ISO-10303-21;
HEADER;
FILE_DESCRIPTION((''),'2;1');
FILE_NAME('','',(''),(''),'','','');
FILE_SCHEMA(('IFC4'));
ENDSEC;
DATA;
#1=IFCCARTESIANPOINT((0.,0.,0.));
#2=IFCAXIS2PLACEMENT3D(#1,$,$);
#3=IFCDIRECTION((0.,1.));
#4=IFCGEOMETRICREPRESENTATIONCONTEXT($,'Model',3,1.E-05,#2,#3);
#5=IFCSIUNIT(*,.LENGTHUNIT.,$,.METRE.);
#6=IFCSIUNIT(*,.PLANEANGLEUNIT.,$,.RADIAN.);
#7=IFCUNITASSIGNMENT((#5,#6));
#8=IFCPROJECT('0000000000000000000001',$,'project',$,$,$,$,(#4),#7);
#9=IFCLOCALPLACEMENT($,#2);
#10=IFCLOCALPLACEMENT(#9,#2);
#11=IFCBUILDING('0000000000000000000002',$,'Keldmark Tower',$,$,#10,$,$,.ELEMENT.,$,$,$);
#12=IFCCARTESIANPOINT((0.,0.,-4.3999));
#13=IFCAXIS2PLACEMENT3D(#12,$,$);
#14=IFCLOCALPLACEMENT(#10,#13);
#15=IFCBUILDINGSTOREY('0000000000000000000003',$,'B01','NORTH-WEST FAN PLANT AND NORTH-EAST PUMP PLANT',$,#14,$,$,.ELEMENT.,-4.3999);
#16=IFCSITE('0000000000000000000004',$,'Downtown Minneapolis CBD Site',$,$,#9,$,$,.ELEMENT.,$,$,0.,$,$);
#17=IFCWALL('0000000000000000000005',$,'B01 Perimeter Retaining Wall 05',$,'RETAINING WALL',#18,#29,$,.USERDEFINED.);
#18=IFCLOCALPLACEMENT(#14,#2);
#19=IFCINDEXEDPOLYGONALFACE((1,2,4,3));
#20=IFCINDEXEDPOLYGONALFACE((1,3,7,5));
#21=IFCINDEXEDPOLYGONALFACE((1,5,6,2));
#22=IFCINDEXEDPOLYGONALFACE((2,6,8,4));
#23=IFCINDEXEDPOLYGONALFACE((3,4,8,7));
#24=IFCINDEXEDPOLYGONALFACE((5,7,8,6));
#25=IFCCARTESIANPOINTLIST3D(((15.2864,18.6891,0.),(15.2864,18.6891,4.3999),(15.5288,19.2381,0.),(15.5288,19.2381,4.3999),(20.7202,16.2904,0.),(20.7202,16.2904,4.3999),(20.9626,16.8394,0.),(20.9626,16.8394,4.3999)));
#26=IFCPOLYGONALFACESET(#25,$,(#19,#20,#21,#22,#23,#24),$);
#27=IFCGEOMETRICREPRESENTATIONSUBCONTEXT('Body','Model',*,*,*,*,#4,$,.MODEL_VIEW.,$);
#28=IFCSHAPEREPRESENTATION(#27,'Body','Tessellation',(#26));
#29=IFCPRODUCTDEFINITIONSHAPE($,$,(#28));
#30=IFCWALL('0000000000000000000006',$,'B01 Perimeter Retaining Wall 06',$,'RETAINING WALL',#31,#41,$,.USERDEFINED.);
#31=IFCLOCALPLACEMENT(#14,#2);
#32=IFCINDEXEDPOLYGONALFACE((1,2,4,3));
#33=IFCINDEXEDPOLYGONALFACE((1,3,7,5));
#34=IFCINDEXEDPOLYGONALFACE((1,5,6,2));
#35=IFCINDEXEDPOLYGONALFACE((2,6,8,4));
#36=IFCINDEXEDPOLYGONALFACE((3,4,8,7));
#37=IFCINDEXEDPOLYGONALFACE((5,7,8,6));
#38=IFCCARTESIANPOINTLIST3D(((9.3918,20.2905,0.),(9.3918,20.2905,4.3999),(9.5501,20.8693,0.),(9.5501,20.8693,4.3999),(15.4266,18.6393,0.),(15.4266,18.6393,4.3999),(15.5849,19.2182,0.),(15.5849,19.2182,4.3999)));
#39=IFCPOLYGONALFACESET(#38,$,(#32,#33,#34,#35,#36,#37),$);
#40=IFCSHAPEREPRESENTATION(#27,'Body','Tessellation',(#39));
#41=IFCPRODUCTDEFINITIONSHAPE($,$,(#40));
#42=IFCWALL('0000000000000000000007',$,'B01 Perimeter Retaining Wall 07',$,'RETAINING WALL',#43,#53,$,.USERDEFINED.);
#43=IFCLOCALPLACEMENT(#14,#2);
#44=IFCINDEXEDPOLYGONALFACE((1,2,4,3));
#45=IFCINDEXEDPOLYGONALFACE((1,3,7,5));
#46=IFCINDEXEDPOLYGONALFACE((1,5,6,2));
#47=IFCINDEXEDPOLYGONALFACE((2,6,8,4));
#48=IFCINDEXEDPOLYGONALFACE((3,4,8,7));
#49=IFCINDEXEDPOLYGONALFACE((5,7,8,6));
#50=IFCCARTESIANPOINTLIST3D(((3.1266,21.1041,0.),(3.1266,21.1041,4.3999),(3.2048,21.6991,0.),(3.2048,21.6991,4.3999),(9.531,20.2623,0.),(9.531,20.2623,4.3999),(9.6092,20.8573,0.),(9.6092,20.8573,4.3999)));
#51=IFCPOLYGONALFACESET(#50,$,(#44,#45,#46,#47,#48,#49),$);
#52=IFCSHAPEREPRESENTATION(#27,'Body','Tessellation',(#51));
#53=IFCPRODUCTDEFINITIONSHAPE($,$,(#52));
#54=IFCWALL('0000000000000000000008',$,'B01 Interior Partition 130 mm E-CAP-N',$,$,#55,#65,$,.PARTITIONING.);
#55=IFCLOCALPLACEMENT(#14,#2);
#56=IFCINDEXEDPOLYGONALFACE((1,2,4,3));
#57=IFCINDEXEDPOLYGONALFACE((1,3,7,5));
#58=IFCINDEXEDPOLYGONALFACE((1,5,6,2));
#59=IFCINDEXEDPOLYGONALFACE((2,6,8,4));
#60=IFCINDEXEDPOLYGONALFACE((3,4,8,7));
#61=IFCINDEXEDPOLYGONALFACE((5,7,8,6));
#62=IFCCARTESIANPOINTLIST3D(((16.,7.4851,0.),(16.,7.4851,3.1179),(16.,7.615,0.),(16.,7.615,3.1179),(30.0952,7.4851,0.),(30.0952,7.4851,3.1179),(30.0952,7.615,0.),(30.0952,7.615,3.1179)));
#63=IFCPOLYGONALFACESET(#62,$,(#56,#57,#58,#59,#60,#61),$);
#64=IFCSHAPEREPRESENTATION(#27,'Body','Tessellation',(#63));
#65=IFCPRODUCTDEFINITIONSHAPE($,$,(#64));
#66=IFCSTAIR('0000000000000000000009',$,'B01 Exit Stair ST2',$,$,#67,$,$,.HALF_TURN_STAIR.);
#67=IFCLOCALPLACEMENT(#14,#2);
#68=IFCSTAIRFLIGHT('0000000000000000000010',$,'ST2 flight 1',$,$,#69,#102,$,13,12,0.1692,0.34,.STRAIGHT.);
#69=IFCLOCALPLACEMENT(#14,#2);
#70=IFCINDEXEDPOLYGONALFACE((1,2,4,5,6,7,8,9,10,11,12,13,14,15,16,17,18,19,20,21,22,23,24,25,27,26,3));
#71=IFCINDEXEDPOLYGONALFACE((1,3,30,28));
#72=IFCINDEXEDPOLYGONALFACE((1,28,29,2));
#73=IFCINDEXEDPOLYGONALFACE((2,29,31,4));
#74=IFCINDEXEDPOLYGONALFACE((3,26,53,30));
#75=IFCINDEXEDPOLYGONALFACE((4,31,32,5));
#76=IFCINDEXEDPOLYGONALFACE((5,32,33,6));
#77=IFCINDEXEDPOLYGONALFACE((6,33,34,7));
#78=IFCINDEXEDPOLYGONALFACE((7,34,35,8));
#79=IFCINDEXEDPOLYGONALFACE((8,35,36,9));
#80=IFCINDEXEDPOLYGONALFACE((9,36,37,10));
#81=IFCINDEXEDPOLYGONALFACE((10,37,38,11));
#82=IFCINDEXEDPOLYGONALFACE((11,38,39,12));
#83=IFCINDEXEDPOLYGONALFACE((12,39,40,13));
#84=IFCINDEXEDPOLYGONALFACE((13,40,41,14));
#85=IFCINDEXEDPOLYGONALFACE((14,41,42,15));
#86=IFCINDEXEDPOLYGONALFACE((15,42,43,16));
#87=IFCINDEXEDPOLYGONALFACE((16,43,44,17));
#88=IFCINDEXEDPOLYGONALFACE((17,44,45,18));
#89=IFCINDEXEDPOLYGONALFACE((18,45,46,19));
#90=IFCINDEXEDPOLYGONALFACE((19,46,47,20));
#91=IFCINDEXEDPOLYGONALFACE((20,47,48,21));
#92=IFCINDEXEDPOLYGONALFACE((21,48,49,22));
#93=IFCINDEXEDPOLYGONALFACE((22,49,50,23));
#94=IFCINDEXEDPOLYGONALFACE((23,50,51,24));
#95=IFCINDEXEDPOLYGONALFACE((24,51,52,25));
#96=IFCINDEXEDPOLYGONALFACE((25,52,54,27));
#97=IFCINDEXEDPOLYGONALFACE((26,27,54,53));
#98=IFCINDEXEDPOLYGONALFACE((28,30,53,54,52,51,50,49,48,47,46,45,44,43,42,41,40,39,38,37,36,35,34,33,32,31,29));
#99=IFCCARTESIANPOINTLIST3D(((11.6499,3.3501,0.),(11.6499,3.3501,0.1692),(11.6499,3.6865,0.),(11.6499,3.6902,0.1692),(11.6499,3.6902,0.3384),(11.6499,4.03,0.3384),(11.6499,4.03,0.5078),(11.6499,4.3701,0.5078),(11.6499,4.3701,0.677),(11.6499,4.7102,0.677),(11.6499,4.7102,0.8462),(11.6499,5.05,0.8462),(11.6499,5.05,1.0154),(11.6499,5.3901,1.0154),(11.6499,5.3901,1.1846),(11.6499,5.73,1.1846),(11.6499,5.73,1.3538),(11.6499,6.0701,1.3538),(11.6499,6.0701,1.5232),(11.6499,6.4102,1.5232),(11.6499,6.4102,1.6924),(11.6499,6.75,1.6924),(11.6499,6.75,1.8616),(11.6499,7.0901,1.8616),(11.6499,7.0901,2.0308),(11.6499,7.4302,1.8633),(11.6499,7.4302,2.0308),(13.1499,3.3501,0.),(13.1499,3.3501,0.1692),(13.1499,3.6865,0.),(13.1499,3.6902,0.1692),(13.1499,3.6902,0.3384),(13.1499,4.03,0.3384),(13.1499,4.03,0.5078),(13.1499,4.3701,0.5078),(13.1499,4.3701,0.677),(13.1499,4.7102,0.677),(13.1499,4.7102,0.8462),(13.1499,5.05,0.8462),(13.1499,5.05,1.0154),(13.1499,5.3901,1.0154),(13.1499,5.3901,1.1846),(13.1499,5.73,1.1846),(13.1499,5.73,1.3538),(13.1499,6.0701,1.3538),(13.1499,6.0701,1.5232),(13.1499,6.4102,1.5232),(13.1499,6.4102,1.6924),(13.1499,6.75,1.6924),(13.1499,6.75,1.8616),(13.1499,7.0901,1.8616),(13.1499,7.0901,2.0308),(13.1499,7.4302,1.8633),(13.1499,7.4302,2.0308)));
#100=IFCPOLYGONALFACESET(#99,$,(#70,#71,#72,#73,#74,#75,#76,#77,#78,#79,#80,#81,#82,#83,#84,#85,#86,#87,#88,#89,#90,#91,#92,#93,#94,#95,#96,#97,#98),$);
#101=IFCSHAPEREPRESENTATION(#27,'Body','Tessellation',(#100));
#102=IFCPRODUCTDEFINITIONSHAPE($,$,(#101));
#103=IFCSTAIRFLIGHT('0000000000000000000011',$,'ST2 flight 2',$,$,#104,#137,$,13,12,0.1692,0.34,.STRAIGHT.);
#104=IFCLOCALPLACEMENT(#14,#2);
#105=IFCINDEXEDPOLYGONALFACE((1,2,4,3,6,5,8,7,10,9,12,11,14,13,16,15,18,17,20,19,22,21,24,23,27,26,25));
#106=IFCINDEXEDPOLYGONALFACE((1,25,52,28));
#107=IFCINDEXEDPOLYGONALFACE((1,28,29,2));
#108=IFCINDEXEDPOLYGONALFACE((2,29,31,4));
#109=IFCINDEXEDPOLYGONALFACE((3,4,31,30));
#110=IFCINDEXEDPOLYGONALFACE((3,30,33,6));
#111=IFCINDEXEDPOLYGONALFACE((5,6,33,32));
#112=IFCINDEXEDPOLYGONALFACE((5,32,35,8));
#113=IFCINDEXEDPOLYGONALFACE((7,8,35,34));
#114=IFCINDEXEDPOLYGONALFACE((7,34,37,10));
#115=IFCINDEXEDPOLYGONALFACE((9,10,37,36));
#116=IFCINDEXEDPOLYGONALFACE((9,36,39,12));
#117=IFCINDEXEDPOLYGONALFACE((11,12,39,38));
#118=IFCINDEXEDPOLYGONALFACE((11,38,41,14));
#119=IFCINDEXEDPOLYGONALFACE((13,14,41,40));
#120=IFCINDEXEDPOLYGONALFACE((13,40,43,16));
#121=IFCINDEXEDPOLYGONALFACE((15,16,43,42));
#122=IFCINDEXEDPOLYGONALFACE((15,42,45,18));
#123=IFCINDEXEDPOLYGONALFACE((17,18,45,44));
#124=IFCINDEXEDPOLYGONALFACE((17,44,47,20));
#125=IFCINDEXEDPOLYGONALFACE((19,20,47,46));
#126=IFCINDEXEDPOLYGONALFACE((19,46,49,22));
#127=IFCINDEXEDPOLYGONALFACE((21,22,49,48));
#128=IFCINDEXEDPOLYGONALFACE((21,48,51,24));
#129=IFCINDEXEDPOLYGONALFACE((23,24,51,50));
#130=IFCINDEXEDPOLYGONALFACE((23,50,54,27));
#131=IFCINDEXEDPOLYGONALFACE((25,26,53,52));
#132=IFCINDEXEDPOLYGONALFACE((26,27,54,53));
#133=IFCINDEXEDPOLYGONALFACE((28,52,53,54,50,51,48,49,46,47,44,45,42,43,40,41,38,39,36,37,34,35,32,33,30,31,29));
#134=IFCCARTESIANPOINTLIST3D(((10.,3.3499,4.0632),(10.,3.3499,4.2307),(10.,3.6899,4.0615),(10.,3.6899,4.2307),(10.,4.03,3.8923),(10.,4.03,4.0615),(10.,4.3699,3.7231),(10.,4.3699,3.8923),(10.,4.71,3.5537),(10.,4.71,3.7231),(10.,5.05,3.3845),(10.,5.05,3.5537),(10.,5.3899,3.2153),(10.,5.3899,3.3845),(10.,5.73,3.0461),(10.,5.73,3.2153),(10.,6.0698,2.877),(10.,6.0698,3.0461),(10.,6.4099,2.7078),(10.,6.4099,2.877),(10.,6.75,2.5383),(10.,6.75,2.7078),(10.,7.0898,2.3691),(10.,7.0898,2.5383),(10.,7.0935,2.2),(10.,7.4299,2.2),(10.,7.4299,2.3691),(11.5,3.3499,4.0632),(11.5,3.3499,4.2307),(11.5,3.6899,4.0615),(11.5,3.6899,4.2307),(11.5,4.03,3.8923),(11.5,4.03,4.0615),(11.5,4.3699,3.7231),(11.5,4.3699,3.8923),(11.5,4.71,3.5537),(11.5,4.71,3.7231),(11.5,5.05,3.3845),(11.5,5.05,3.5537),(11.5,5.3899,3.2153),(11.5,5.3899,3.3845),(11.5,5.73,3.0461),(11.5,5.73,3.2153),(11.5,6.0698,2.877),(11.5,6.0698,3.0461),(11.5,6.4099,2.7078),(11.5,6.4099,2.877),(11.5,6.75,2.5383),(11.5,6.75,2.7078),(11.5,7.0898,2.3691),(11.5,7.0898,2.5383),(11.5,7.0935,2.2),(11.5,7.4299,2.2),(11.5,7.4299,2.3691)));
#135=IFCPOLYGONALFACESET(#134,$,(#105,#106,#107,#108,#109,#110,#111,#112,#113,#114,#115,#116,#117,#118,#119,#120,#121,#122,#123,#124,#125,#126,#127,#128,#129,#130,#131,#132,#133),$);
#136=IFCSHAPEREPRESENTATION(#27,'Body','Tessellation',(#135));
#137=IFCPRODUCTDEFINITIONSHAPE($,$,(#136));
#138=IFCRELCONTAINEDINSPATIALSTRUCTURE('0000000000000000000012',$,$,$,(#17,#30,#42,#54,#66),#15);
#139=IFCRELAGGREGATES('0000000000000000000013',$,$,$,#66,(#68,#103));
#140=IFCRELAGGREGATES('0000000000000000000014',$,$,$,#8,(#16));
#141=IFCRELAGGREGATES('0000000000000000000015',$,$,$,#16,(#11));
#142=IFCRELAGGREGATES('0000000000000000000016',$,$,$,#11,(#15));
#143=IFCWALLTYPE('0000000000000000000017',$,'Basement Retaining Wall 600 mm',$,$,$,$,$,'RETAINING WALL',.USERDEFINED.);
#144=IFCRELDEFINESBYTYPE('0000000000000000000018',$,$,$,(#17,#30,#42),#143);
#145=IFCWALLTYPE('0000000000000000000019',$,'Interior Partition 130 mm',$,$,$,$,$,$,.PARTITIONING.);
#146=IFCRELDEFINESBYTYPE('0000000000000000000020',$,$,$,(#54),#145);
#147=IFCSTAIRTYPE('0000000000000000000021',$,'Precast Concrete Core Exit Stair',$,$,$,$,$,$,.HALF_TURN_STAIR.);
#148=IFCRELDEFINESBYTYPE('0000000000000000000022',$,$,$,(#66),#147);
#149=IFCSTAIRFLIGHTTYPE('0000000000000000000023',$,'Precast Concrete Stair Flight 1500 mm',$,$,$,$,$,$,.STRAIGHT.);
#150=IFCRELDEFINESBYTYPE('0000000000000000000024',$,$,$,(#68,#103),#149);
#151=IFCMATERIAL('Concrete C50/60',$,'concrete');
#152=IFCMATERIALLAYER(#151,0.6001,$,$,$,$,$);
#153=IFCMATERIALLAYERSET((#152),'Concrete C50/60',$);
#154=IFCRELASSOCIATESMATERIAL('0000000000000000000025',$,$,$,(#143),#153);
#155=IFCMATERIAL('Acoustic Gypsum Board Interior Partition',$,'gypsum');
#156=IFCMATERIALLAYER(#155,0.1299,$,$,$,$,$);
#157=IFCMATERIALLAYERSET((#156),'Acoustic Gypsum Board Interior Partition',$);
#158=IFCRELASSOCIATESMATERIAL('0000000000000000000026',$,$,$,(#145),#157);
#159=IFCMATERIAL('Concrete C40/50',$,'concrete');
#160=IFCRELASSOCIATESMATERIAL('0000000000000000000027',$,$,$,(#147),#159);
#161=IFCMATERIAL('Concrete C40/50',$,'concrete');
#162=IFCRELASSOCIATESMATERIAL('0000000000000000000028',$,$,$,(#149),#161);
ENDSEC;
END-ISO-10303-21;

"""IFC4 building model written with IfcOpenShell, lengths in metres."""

from ifc_helpers import new_model, si_unit, direction, frame, frame_2d, origin, place, context, subcontext, project, spatial, polyline, rectangle, outline, extrude, material, layer, layer_set, type_object, element, aggregate, save


model = new_model("IFC4")

# Units and contexts
model_context = context("Model", 3, precision=1e-05, world=origin(), true_north=direction((0.0, 1.0)))
body_context = subcontext(model_context, "Body", "Model", "MODEL_VIEW")
ifc_project = project(units=[si_unit("LENGTHUNIT", "METRE"), si_unit("PLANEANGLEUNIT", "RADIAN")], contexts=[model_context])

# Site, building, storey
site_placement = place(None, origin())
site = spatial("IfcSite", under=ifc_project, at=site_placement, Name="Downtown Minneapolis CBD Site", CompositionType="ELEMENT", RefElevation=0.0)
building_placement = place(site_placement, origin())
building = spatial("IfcBuilding", under=site, at=building_placement, Name="Keldmark Tower", CompositionType="ELEMENT")
storey_placement = place(building_placement, frame((0.0, 0.0, -4.3999)))
storey = spatial("IfcBuildingStorey", under=building, at=storey_placement, Name="B01", Description="NORTH-WEST FAN PLANT AND NORTH-EAST PUMP PLANT", CompositionType="ELEMENT", Elevation=-4.3999)

# Walls
ifc_material_1 = material(Name="Concrete C50/60", Category="concrete")
ifc_layer_1 = layer(ifc_material_1, 0.6001)
ifc_layer_set_1 = layer_set([ifc_layer_1], Name="Concrete C50/60")
wall_type_1 = type_object("IfcWallType", Name="Basement Retaining Wall 600 mm", ElementType="RETAINING WALL", PredefinedType="USERDEFINED", material=ifc_layer_set_1)
wall_1_placement = place(storey_placement, frame((20.8413, 16.5649, 0.0), z_axis=(0.0, 0.0, 1.0), x_axis=(-0.914831, 0.403838, 0.0)))
element("IfcWall", 1, at=wall_1_placement, inside=storey, type_object=wall_type_1, Name="B01 Perimeter Retaining Wall 05", ObjectType="RETAINING WALL", PredefinedType="USERDEFINED", context=body_context, shape_type="SweptSolid", body=[
    extrude(rectangle(XDim=5.9397, YDim=0.6001, at=frame_2d((2.9697, 0.0))), origin(), (0.0, 0.0, 1.0), 4.3999),
])
wall_2_placement = place(storey_placement, frame((15.5059, 18.9287, 0.0), z_axis=(0.0, 0.0, 1.0), x_axis=(-0.964548, 0.263906, 0.0)))
element("IfcWall", 2, at=wall_2_placement, inside=storey, type_object=wall_type_1, Name="B01 Perimeter Retaining Wall 06", ObjectType="RETAINING WALL", PredefinedType="USERDEFINED", context=body_context, shape_type="SweptSolid", body=[
    extrude(rectangle(XDim=6.2566, YDim=0.6001, at=frame_2d((3.1284, 0.0))), origin(), (0.0, 0.0, 1.0), 4.3999),
])
wall_3_placement = place(storey_placement, frame((9.5701, 20.5598, 0.0), z_axis=(0.0, 0.0, 1.0), x_axis=(-0.991472, 0.130322, 0.0)))
element("IfcWall", 3, at=wall_3_placement, inside=storey, type_object=wall_type_1, Name="B01 Perimeter Retaining Wall 07", ObjectType="RETAINING WALL", PredefinedType="USERDEFINED", context=body_context, shape_type="SweptSolid", body=[
    extrude(rectangle(XDim=6.4595, YDim=0.6001, at=frame_2d((3.2297, 0.0))), origin(), (0.0, 0.0, 1.0), 4.3999),
])
ifc_material_2 = material(Name="Acoustic Gypsum Board Interior Partition", Category="gypsum")
ifc_layer_2 = layer(ifc_material_2, 0.1299)
ifc_layer_set_2 = layer_set([ifc_layer_2], Name="Acoustic Gypsum Board Interior Partition")
wall_type_2 = type_object("IfcWallType", Name="Interior Partition 130 mm", PredefinedType="PARTITIONING", material=ifc_layer_set_2)
wall_4_placement = place(storey_placement, frame((16.0, 7.55, 0.0), z_axis=(0.0, 0.0, 1.0), x_axis=(1.0, 0.0, 0.0)))
element("IfcWall", 4, at=wall_4_placement, inside=storey, type_object=wall_type_2, Name="B01 Interior Partition 130 mm E-CAP-N", PredefinedType="PARTITIONING", context=body_context, shape_type="SweptSolid", body=[
    extrude(rectangle(XDim=14.0952, YDim=0.1299, at=frame_2d((7.0476, 0.0))), origin(), (0.0, 0.0, 1.0), 3.1179),
])

# Stair, stair flights
ifc_material_3 = material(Name="Concrete C40/50", Category="concrete")
stair_type = type_object("IfcStairType", Name="Precast Concrete Core Exit Stair", PredefinedType="HALF_TURN_STAIR", material=ifc_material_3)
stair_placement = place(storey_placement, origin())
stair = element("IfcStair", 5, at=stair_placement, inside=storey, type_object=stair_type, Name="B01 Exit Stair ST2", PredefinedType="HALF_TURN_STAIR")
ifc_material_4 = material(Name="Concrete C40/50", Category="concrete")
stair_flight_type = type_object("IfcStairFlightType", Name="Precast Concrete Stair Flight 1500 mm", PredefinedType="STRAIGHT", material=ifc_material_4)
stair_flight_1_placement = place(storey_placement, frame((12.3999, 3.3501, 0.0), z_axis=(0.0, 0.0, 1.0), x_axis=(0.0, 1.0, 0.0)))
stair_flight_1 = element("IfcStairFlight", 6, at=stair_flight_1_placement, type_object=stair_flight_type, Name="ST2 flight 1", NumberOfRisers=13, NumberOfTreads=12, PredefinedType="STRAIGHT", RiserHeight=0.1692, TreadLength=0.34, context=body_context, shape_type="SweptSolid", body=[
    extrude(outline(polyline([(0.0, 0.0), (0.0, 0.1692), (0.3401, 0.1692), (0.3401, 0.3384), (0.6799, 0.3384), (0.6799, 0.5078), (1.02, 0.5078), (1.02, 0.677), (1.3601, 0.677), (1.3601, 0.8462), (1.7, 0.8462), (1.7, 1.0154), (2.04, 1.0154), (2.04, 1.1846), (2.3799, 1.1846), (2.3799, 1.3538), (2.72, 1.3538), (2.72, 1.5232), (3.0601, 1.5232), (3.0601, 1.6924), (3.3999, 1.6924), (3.3999, 1.8616), (3.74, 1.8616), (3.74, 2.0308), (4.0801, 2.0308), (4.0801, 2.2), (4.0801, 1.8633), (0.3364, 0.0), (0.0, 0.0)])), frame((0.0, 0.75, 0.0), z_axis=(0.0, -1.0, 0.0), x_axis=(1.0, 0.0, 0.0)), (0.0, 0.0, 1.0), 1.5),
])
stair_flight_2_placement = place(storey_placement, frame((10.75, 7.4299, 2.2), z_axis=(0.0, 0.0, 1.0), x_axis=(0.0, -1.0, 0.0)))
stair_flight_2 = element("IfcStairFlight", 7, at=stair_flight_2_placement, type_object=stair_flight_type, Name="ST2 flight 2", NumberOfRisers=13, NumberOfTreads=12, PredefinedType="STRAIGHT", RiserHeight=0.1692, TreadLength=0.34, context=body_context, shape_type="SweptSolid", body=[
    extrude(outline(polyline([(0.0, 0.0), (0.0, 0.1692), (0.3401, 0.1692), (0.3401, 0.3384), (0.6799, 0.3384), (0.6799, 0.5078), (1.02, 0.5078), (1.02, 0.677), (1.3601, 0.677), (1.3601, 0.8462), (1.7, 0.8462), (1.7, 1.0154), (2.04, 1.0154), (2.04, 1.1846), (2.3799, 1.1846), (2.3799, 1.3538), (2.72, 1.3538), (2.72, 1.5232), (3.0601, 1.5232), (3.0601, 1.6924), (3.3999, 1.6924), (3.3999, 1.8616), (3.74, 1.8616), (3.74, 2.0308), (4.0801, 2.0308), (4.0801, 2.2), (4.0801, 1.8633), (0.3364, 0.0), (0.0, 0.0)])), frame((0.0, 0.75, 0.0), z_axis=(0.0, -1.0, 0.0), x_axis=(1.0, 0.0, 0.0)), (0.0, 0.0, 1.0), 1.5),
])
aggregate(stair, [stair_flight_1, stair_flight_2])

save(model, "model.ifc")
